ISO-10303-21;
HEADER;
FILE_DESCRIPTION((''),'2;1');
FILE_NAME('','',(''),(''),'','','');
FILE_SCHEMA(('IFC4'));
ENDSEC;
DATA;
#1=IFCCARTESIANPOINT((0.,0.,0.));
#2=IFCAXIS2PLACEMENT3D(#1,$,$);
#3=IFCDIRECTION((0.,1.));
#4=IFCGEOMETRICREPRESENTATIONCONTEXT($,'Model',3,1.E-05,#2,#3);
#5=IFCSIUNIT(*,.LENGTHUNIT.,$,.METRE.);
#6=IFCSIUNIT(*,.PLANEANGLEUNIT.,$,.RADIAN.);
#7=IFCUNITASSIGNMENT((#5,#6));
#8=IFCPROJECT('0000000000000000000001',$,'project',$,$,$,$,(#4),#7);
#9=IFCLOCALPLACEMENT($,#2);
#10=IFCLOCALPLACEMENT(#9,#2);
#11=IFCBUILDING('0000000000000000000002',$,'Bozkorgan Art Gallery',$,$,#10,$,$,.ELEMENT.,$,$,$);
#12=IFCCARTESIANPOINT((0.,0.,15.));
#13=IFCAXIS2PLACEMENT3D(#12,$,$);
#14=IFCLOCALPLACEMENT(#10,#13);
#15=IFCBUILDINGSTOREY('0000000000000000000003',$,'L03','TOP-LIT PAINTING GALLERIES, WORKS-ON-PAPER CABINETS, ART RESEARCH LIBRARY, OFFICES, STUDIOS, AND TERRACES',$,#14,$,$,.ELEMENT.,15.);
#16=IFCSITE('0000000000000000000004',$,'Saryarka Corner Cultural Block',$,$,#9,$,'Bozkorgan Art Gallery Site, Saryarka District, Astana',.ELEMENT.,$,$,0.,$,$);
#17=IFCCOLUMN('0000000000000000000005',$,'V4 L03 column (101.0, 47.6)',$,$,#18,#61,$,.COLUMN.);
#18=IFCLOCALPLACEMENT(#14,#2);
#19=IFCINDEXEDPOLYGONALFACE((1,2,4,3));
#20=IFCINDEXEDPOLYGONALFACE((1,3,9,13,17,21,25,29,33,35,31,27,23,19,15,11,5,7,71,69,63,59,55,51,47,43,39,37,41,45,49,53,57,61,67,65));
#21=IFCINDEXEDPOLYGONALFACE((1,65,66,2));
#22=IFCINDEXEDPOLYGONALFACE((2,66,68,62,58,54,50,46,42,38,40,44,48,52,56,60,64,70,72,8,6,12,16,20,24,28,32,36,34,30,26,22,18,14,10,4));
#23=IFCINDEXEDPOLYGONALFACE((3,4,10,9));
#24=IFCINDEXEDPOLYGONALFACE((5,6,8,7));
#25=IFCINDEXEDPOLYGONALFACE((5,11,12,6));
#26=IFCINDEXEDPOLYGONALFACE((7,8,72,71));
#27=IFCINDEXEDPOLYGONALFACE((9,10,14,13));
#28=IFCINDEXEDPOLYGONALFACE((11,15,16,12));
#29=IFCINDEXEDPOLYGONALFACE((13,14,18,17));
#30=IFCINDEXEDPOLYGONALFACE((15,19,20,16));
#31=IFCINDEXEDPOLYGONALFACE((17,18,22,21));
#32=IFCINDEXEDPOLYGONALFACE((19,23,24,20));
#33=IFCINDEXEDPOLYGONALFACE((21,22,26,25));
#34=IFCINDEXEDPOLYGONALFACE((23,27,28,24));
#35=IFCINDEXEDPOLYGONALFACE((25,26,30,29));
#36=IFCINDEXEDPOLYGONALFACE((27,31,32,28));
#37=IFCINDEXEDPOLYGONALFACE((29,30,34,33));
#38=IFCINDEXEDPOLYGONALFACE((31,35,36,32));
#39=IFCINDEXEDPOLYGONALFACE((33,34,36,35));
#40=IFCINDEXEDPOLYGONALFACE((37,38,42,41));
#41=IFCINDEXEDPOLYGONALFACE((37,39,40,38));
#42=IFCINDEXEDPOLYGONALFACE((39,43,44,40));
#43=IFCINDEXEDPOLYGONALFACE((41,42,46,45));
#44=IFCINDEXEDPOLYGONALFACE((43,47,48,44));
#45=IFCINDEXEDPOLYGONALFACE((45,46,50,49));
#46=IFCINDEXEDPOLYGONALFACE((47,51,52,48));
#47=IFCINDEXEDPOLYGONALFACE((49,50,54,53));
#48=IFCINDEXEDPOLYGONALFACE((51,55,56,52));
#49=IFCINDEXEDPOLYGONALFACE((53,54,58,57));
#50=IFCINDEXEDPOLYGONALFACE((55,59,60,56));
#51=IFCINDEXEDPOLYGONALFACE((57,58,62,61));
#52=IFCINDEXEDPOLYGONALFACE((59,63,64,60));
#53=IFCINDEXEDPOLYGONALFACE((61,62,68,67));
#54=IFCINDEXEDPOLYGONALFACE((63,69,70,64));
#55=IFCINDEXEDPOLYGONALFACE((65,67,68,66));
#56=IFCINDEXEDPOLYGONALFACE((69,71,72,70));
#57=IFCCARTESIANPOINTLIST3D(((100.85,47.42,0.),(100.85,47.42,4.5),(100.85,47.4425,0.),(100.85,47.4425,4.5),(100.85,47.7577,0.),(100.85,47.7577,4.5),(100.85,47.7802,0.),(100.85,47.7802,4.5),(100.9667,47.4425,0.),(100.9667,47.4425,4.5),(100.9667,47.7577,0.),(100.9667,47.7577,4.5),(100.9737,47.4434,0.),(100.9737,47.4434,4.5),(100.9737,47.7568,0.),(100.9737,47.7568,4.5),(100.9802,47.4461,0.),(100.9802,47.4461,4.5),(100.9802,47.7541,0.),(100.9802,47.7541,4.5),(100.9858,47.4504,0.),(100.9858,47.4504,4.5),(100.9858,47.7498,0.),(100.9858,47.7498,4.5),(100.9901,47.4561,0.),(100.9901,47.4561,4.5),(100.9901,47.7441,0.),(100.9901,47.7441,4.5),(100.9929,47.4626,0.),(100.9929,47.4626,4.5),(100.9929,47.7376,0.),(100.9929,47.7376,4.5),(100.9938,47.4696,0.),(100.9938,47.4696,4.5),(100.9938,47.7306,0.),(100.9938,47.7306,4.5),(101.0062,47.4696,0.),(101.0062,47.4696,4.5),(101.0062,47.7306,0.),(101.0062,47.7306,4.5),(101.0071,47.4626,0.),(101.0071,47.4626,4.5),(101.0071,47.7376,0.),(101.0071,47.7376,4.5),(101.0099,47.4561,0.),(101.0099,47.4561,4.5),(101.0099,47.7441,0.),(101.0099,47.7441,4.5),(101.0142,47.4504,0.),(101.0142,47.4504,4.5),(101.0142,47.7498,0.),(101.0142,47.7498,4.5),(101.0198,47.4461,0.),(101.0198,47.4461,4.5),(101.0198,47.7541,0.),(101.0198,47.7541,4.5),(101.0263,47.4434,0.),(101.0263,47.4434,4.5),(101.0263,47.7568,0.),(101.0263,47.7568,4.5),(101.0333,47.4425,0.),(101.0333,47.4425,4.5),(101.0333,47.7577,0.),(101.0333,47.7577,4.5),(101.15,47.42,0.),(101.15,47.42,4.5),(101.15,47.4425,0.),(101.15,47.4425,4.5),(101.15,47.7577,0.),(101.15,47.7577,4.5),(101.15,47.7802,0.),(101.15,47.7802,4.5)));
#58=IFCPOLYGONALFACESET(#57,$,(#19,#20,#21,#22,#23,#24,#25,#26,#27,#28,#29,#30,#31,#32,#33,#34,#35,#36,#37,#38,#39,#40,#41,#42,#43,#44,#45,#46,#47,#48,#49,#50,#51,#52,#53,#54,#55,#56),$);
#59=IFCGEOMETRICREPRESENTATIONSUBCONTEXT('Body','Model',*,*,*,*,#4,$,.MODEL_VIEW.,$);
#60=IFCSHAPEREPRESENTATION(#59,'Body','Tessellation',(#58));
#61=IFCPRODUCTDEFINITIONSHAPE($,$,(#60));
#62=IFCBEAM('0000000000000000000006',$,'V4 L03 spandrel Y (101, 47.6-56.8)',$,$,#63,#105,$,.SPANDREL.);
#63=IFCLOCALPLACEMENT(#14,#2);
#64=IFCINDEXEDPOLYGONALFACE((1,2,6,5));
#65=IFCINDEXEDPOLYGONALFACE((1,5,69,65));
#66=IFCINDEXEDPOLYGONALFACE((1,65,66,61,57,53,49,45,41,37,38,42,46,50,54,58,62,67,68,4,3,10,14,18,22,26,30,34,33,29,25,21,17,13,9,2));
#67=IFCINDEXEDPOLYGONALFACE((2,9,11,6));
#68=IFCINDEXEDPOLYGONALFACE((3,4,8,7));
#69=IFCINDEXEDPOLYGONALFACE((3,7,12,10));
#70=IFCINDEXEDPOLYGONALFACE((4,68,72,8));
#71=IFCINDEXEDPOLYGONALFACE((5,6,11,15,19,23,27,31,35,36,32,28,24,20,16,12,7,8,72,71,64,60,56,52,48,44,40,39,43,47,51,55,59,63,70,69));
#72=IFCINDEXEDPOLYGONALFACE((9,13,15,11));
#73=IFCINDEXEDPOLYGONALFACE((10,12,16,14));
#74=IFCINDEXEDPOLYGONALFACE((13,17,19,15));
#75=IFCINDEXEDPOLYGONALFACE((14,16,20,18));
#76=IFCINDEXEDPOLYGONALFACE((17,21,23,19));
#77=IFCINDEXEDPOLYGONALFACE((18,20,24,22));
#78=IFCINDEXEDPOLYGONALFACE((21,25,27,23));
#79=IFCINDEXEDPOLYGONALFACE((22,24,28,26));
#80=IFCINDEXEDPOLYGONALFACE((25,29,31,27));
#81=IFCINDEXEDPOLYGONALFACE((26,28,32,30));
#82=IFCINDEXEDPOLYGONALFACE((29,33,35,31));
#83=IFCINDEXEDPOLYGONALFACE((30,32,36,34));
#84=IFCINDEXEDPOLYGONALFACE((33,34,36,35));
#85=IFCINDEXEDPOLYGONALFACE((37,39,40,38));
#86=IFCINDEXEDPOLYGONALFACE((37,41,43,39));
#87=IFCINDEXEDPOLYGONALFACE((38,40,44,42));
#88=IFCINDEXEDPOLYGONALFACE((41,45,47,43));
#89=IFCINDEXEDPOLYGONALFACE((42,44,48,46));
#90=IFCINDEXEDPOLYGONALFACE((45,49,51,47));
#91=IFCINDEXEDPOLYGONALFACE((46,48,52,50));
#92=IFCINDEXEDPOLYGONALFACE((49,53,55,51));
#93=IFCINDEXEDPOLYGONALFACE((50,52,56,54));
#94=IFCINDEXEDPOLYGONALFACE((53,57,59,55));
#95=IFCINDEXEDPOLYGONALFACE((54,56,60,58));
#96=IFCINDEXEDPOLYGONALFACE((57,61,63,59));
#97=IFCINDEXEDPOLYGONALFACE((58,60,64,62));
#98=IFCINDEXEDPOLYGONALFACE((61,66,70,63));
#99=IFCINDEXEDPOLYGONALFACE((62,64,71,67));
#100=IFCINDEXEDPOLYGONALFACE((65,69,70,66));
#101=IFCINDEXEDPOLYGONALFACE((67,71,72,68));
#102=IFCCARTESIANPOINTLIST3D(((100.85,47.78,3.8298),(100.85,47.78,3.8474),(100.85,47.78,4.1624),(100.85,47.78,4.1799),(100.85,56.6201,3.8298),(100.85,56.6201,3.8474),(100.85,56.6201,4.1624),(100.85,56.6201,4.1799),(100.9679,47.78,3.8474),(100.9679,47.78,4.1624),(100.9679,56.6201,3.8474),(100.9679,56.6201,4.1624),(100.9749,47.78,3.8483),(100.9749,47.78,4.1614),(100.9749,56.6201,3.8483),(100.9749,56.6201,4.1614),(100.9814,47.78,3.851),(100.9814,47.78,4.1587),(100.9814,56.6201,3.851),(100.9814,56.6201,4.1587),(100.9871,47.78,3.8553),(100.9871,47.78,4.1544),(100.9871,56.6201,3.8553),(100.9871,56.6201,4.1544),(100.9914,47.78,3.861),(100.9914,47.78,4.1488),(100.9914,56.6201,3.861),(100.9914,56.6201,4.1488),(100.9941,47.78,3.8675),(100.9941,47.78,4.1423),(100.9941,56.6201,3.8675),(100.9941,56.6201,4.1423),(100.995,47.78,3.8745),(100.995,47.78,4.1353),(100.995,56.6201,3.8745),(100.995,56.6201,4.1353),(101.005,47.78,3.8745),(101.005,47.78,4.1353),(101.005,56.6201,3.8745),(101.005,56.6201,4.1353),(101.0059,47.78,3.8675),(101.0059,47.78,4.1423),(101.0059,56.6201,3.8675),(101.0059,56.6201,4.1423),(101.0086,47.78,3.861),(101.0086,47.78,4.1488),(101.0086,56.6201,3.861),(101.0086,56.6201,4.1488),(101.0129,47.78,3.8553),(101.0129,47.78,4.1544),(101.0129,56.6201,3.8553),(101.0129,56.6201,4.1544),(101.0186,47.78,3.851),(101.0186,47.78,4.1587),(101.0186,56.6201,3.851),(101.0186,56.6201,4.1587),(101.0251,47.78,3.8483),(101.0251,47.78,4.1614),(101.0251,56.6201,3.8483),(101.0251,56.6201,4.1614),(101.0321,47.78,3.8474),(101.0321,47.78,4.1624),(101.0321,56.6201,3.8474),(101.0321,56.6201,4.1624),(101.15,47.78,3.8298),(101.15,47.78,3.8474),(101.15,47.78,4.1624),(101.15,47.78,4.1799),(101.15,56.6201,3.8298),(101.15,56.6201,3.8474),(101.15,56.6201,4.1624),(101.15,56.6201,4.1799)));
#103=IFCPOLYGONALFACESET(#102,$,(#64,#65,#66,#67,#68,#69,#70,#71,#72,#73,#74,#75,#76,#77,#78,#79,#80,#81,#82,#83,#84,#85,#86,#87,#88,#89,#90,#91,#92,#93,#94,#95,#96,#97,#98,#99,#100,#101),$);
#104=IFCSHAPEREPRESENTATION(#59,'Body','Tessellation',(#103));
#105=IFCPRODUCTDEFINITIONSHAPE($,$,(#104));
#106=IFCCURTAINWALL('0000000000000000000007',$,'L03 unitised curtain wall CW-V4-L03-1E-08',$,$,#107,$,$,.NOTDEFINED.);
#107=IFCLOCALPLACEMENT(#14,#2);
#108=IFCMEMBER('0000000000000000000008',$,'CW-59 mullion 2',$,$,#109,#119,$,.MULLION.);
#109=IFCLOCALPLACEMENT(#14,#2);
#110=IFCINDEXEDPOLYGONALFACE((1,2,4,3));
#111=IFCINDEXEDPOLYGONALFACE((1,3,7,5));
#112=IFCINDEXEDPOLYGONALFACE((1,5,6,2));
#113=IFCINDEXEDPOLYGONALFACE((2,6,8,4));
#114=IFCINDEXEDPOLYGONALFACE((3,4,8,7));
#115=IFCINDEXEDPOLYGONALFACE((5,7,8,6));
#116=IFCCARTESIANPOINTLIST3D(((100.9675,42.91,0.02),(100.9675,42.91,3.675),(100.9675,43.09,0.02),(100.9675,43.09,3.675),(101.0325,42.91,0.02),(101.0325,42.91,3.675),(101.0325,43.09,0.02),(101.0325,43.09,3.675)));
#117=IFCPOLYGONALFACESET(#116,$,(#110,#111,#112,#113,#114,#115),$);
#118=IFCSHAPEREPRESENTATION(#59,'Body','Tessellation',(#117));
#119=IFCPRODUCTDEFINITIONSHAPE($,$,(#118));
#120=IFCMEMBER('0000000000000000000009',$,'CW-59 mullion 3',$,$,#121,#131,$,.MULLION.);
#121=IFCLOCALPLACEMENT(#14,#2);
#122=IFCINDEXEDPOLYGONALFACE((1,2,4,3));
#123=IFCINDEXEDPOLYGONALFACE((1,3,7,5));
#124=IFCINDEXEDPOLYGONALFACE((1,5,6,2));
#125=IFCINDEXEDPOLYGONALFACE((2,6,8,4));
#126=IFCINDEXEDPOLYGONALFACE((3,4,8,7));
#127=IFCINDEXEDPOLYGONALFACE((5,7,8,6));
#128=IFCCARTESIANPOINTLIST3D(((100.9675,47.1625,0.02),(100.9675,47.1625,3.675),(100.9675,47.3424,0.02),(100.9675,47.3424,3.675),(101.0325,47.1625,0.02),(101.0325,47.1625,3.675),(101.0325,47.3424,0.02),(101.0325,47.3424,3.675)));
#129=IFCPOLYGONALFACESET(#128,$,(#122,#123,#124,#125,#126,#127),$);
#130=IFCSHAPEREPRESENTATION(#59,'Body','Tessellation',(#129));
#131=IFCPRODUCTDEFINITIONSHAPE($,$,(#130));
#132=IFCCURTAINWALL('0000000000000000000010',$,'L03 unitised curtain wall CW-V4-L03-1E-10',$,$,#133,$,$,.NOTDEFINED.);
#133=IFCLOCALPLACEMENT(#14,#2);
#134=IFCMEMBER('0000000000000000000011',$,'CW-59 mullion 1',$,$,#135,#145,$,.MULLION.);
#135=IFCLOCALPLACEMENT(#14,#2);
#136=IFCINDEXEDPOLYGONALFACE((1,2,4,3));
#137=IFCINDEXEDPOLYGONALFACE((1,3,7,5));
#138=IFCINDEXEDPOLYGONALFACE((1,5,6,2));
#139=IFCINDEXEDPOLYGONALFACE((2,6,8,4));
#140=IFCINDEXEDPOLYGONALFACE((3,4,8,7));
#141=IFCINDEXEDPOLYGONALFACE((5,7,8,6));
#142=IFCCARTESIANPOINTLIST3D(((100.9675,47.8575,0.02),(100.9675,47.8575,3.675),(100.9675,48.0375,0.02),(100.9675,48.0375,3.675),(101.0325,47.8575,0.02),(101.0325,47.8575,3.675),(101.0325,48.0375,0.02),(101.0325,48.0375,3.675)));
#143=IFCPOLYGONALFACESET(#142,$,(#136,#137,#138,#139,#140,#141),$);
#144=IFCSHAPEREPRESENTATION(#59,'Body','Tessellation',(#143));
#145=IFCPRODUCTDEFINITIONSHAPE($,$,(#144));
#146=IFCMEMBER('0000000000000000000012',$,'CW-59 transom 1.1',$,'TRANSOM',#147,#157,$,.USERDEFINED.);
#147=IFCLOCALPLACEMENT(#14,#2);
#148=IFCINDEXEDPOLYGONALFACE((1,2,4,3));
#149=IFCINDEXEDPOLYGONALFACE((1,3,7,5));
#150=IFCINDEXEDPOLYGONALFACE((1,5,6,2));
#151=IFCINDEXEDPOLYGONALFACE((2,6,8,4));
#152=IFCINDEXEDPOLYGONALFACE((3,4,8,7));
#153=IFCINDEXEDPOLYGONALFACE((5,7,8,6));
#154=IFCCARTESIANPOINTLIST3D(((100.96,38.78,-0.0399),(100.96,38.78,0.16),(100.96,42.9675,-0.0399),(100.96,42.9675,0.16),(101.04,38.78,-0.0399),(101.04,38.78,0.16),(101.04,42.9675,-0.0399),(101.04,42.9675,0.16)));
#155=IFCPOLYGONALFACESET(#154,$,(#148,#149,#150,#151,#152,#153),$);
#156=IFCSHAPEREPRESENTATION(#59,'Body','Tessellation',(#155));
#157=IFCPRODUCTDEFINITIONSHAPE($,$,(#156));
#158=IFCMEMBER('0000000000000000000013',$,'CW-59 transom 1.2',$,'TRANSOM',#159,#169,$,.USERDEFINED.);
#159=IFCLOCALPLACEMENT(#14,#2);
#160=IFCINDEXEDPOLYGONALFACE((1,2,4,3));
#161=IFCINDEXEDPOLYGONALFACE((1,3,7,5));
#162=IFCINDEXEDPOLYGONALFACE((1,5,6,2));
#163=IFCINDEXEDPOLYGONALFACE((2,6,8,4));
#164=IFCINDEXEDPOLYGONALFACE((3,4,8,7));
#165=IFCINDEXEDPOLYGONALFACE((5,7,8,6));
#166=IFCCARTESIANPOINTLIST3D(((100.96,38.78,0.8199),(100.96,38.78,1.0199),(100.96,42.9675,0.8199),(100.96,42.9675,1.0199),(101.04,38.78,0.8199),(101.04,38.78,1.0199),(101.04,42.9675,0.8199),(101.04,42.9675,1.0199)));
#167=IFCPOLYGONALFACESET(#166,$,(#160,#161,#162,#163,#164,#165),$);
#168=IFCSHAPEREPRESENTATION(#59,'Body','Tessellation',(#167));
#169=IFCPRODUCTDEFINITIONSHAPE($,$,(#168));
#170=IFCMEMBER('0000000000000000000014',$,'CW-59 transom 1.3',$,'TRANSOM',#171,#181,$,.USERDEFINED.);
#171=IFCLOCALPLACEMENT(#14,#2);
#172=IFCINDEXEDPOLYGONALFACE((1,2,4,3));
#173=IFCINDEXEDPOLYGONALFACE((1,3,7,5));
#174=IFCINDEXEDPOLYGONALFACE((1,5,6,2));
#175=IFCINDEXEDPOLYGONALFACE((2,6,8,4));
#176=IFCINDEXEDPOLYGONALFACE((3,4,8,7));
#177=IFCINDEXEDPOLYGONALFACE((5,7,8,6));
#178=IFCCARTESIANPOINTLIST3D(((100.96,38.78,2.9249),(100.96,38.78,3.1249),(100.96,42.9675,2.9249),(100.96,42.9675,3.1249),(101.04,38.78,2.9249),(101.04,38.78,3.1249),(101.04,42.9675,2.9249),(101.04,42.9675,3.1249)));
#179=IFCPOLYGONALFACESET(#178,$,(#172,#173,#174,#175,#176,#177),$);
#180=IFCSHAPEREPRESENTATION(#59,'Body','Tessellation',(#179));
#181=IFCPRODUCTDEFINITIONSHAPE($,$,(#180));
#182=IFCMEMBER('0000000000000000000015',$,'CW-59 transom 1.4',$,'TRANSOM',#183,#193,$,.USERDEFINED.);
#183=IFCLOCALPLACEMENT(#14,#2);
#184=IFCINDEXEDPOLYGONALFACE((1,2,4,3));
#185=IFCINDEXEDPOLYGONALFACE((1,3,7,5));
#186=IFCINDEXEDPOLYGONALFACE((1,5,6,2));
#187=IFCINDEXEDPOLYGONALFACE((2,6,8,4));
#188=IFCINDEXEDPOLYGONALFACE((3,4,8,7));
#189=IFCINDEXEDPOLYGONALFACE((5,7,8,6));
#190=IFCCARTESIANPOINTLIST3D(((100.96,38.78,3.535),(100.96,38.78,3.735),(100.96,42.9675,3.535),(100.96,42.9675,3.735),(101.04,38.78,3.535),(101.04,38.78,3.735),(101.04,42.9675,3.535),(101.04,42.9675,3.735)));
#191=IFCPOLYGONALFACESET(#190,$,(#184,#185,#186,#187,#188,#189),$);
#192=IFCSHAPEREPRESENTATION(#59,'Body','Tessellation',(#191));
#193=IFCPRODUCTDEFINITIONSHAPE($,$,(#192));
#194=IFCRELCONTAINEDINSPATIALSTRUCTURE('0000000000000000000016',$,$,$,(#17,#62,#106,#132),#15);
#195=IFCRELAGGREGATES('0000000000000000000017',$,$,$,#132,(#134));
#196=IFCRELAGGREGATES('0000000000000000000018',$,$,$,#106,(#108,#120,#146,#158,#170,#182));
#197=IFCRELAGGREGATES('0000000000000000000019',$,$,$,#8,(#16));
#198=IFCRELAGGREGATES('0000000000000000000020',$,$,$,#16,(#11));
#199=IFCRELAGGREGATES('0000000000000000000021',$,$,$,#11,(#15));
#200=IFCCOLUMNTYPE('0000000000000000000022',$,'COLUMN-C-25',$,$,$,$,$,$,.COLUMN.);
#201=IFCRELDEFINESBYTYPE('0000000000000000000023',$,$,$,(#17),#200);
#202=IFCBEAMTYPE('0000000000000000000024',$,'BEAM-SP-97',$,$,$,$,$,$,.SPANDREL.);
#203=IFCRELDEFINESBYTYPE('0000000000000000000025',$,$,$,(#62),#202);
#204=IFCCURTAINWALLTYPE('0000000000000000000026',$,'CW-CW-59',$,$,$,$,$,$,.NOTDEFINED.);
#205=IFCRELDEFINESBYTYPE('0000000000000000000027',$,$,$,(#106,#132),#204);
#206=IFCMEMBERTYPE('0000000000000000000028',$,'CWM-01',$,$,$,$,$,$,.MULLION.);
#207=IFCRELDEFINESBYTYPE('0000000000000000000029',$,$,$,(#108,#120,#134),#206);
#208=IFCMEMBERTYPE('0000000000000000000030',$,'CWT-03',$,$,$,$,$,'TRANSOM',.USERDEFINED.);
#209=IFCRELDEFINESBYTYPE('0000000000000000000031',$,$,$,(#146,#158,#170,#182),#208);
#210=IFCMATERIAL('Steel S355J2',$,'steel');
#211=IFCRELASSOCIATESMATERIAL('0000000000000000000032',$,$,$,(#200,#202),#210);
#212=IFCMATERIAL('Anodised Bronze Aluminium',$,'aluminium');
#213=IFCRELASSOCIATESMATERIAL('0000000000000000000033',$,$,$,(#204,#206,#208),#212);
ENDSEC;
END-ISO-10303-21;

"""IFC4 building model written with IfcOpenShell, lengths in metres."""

from ifc_helpers import new_model, si_unit, direction, frame, origin, origin_2d, place, context, subcontext, project, spatial, rectangle, i_section, extrude, material, material_profile, profile_set, type_object, element, aggregate, save


model = new_model("IFC4")

# Units and contexts
model_context = context("Model", 3, precision=1e-05, world=origin(), true_north=direction((0.0, 1.0)))
body_context = subcontext(model_context, "Body", "Model", "MODEL_VIEW")
ifc_project = project(units=[si_unit("LENGTHUNIT", "METRE"), si_unit("PLANEANGLEUNIT", "RADIAN")], contexts=[model_context])

# Site, building, storey
site_placement = place(None, origin())
site = spatial("IfcSite", under=ifc_project, at=site_placement, Name="Saryarka Corner Cultural Block", LongName="Bozkorgan Art Gallery Site, Saryarka District, Astana", CompositionType="ELEMENT", RefElevation=0.0)
building_placement = place(site_placement, origin())
building = spatial("IfcBuilding", under=site, at=building_placement, Name="Bozkorgan Art Gallery", CompositionType="ELEMENT")
storey_placement = place(building_placement, frame((0.0, 0.0, 15.0)))
storey = spatial("IfcBuildingStorey", under=building, at=storey_placement, Name="L03", Description="TOP-LIT PAINTING GALLERIES, WORKS-ON-PAPER CABINETS, ART RESEARCH LIBRARY, OFFICES, STUDIOS, AND TERRACES", CompositionType="ELEMENT", Elevation=15.0)

# Column
ifc_material_1 = material(Name="Steel S355J2", Category="steel")
ifc_material_profile_1 = material_profile(ifc_material_1, i_section(OverallWidth=0.3, OverallDepth=0.3601, WebThickness=0.0125, FlangeThickness=0.0225, FilletRadius=0.0271, at=origin_2d()), Name="HEB 360")
ifc_profile_set_1 = profile_set([ifc_material_profile_1], Name="Steel S355J2")
column_type = type_object("IfcColumnType", Name="COLUMN-C-25", PredefinedType="COLUMN", material=ifc_profile_set_1)
column_placement = place(storey_placement, frame((101.0, 47.6001, 0.0), z_axis=(0.0, 0.0, 1.0), x_axis=(1.0, 0.0, 0.0)))
element("IfcColumn", 1, at=column_placement, inside=storey, type_object=column_type, Name="V4 L03 column (101.0, 47.6)", PredefinedType="COLUMN", context=body_context, shape_type="SweptSolid", body=[
    extrude(i_section(OverallWidth=0.3, OverallDepth=0.3601, WebThickness=0.0125, FlangeThickness=0.0225, FilletRadius=0.0271, at=origin_2d()), origin(), (0.0, 0.0, 1.0), 4.5),
])

# Beam
ifc_material_profile_2 = material_profile(ifc_material_1, i_section(OverallWidth=0.3, OverallDepth=0.3501, WebThickness=0.01, FlangeThickness=0.0176, FilletRadius=0.0271, at=origin_2d()), Name="HEA 360")
ifc_profile_set_2 = profile_set([ifc_material_profile_2], Name="Steel S355J2")
beam_type = type_object("IfcBeamType", Name="BEAM-SP-97", PredefinedType="SPANDREL", material=ifc_profile_set_2)
beam_placement = place(storey_placement, frame((101.0, 47.78, 4.0049), z_axis=(0.0, 1.0, 0.0), x_axis=(-1.0, 0.0, 0.0)))
element("IfcBeam", 2, at=beam_placement, inside=storey, type_object=beam_type, Name="V4 L03 spandrel Y (101, 47.6-56.8)", PredefinedType="SPANDREL", context=body_context, shape_type="SweptSolid", body=[
    extrude(i_section(OverallWidth=0.3, OverallDepth=0.3501, WebThickness=0.01, FlangeThickness=0.0176, FilletRadius=0.0271, at=origin_2d()), origin(), (0.0, 0.0, 1.0), 8.8401),
])

# Curtain wall, members
ifc_material_2 = material(Name="Anodised Bronze Aluminium", Category="aluminium")
curtain_wall_type = type_object("IfcCurtainWallType", Name="CW-CW-59", PredefinedType="NOTDEFINED", material=ifc_material_2)
curtain_wall_1_placement = place(storey_placement, origin())
curtain_wall_1 = element("IfcCurtainWall", 3, at=curtain_wall_1_placement, inside=storey, type_object=curtain_wall_type, Name="L03 unitised curtain wall CW-V4-L03-1E-08", PredefinedType="NOTDEFINED")
ifc_material_profile_3 = material_profile(ifc_material_2, rectangle(XDim=0.0649, YDim=0.1799, at=origin_2d()), Name="ALU MULLION 65x180")
ifc_profile_set_3 = profile_set([ifc_material_profile_3], Name="Anodised Bronze Aluminium")
member_type_1 = type_object("IfcMemberType", Name="CWM-01", PredefinedType="MULLION", material=ifc_profile_set_3)
member_1_placement = place(storey_placement, frame((101.0, 43.0, 0.02), z_axis=(0.0, 0.0, 1.0), x_axis=(-1.0, 0.0, 0.0)))
member_1 = element("IfcMember", 4, at=member_1_placement, type_object=member_type_1, Name="CW-59 mullion 2", PredefinedType="MULLION", context=body_context, shape_type="SweptSolid", body=[
    extrude(rectangle(XDim=0.0649, YDim=0.1799, at=origin_2d()), origin(), (0.0, 0.0, 1.0), 3.655),
])
member_2_placement = place(storey_placement, frame((101.0, 47.2524, 0.02), z_axis=(0.0, 0.0, 1.0), x_axis=(-1.0, 0.0, 0.0)))
member_2 = element("IfcMember", 5, at=member_2_placement, type_object=member_type_1, Name="CW-59 mullion 3", PredefinedType="MULLION", context=body_context, shape_type="SweptSolid", body=[
    extrude(rectangle(XDim=0.0649, YDim=0.1799, at=origin_2d()), origin(), (0.0, 0.0, 1.0), 3.655),
])

# Curtain wall, member
curtain_wall_2_placement = place(storey_placement, origin())
curtain_wall_2 = element("IfcCurtainWall", 6, at=curtain_wall_2_placement, inside=storey, type_object=curtain_wall_type, Name="L03 unitised curtain wall CW-V4-L03-1E-10", PredefinedType="NOTDEFINED")
member_3_placement = place(storey_placement, frame((101.0, 47.9475, 0.02), z_axis=(0.0, 0.0, 1.0), x_axis=(-1.0, 0.0, 0.0)))
member_3 = element("IfcMember", 7, at=member_3_placement, type_object=member_type_1, Name="CW-59 mullion 1", PredefinedType="MULLION", context=body_context, shape_type="SweptSolid", body=[
    extrude(rectangle(XDim=0.0649, YDim=0.1799, at=origin_2d()), origin(), (0.0, 0.0, 1.0), 3.655),
])

# Members
ifc_material_profile_4 = material_profile(ifc_material_2, rectangle(XDim=0.0801, YDim=0.2, at=origin_2d()), Name="ALU TRANSOM 80x200")
ifc_profile_set_4 = profile_set([ifc_material_profile_4], Name="Anodised Bronze Aluminium")
member_type_2 = type_object("IfcMemberType", Name="CWT-03", ElementType="TRANSOM", PredefinedType="USERDEFINED", material=ifc_profile_set_4)
member_4_placement = place(storey_placement, frame((101.0, 38.78, 0.0601), z_axis=(0.0, 1.0, 0.0), x_axis=(-1.0, 0.0, 0.0)))
member_4 = element("IfcMember", 8, at=member_4_placement, type_object=member_type_2, Name="CW-59 transom 1.1", ObjectType="TRANSOM", PredefinedType="USERDEFINED", context=body_context, shape_type="SweptSolid", body=[
    extrude(rectangle(XDim=0.0801, YDim=0.2, at=origin_2d()), origin(), (0.0, 0.0, 1.0), 4.1875),
])
member_5_placement = place(storey_placement, frame((101.0, 38.78, 0.9199), z_axis=(0.0, 1.0, 0.0), x_axis=(-1.0, 0.0, 0.0)))
member_5 = element("IfcMember", 9, at=member_5_placement, type_object=member_type_2, Name="CW-59 transom 1.2", ObjectType="TRANSOM", PredefinedType="USERDEFINED", context=body_context, shape_type="SweptSolid", body=[
    extrude(rectangle(XDim=0.0801, YDim=0.2, at=origin_2d()), origin(), (0.0, 0.0, 1.0), 4.1875),
])
member_6_placement = place(storey_placement, frame((101.0, 38.78, 3.0249), z_axis=(0.0, 1.0, 0.0), x_axis=(-1.0, 0.0, 0.0)))
member_6 = element("IfcMember", 10, at=member_6_placement, type_object=member_type_2, Name="CW-59 transom 1.3", ObjectType="TRANSOM", PredefinedType="USERDEFINED", context=body_context, shape_type="SweptSolid", body=[
    extrude(rectangle(XDim=0.0801, YDim=0.2, at=origin_2d()), origin(), (0.0, 0.0, 1.0), 4.1875),
])
member_7_placement = place(storey_placement, frame((101.0, 38.78, 3.635), z_axis=(0.0, 1.0, 0.0), x_axis=(-1.0, 0.0, 0.0)))
member_7 = element("IfcMember", 11, at=member_7_placement, type_object=member_type_2, Name="CW-59 transom 1.4", ObjectType="TRANSOM", PredefinedType="USERDEFINED", context=body_context, shape_type="SweptSolid", body=[
    extrude(rectangle(XDim=0.0801, YDim=0.2, at=origin_2d()), origin(), (0.0, 0.0, 1.0), 4.1875),
])
aggregate(curtain_wall_2, [member_3])

aggregate(curtain_wall_1, [member_1, member_2, member_4, member_5, member_6, member_7])

save(model, "model.ifc")
